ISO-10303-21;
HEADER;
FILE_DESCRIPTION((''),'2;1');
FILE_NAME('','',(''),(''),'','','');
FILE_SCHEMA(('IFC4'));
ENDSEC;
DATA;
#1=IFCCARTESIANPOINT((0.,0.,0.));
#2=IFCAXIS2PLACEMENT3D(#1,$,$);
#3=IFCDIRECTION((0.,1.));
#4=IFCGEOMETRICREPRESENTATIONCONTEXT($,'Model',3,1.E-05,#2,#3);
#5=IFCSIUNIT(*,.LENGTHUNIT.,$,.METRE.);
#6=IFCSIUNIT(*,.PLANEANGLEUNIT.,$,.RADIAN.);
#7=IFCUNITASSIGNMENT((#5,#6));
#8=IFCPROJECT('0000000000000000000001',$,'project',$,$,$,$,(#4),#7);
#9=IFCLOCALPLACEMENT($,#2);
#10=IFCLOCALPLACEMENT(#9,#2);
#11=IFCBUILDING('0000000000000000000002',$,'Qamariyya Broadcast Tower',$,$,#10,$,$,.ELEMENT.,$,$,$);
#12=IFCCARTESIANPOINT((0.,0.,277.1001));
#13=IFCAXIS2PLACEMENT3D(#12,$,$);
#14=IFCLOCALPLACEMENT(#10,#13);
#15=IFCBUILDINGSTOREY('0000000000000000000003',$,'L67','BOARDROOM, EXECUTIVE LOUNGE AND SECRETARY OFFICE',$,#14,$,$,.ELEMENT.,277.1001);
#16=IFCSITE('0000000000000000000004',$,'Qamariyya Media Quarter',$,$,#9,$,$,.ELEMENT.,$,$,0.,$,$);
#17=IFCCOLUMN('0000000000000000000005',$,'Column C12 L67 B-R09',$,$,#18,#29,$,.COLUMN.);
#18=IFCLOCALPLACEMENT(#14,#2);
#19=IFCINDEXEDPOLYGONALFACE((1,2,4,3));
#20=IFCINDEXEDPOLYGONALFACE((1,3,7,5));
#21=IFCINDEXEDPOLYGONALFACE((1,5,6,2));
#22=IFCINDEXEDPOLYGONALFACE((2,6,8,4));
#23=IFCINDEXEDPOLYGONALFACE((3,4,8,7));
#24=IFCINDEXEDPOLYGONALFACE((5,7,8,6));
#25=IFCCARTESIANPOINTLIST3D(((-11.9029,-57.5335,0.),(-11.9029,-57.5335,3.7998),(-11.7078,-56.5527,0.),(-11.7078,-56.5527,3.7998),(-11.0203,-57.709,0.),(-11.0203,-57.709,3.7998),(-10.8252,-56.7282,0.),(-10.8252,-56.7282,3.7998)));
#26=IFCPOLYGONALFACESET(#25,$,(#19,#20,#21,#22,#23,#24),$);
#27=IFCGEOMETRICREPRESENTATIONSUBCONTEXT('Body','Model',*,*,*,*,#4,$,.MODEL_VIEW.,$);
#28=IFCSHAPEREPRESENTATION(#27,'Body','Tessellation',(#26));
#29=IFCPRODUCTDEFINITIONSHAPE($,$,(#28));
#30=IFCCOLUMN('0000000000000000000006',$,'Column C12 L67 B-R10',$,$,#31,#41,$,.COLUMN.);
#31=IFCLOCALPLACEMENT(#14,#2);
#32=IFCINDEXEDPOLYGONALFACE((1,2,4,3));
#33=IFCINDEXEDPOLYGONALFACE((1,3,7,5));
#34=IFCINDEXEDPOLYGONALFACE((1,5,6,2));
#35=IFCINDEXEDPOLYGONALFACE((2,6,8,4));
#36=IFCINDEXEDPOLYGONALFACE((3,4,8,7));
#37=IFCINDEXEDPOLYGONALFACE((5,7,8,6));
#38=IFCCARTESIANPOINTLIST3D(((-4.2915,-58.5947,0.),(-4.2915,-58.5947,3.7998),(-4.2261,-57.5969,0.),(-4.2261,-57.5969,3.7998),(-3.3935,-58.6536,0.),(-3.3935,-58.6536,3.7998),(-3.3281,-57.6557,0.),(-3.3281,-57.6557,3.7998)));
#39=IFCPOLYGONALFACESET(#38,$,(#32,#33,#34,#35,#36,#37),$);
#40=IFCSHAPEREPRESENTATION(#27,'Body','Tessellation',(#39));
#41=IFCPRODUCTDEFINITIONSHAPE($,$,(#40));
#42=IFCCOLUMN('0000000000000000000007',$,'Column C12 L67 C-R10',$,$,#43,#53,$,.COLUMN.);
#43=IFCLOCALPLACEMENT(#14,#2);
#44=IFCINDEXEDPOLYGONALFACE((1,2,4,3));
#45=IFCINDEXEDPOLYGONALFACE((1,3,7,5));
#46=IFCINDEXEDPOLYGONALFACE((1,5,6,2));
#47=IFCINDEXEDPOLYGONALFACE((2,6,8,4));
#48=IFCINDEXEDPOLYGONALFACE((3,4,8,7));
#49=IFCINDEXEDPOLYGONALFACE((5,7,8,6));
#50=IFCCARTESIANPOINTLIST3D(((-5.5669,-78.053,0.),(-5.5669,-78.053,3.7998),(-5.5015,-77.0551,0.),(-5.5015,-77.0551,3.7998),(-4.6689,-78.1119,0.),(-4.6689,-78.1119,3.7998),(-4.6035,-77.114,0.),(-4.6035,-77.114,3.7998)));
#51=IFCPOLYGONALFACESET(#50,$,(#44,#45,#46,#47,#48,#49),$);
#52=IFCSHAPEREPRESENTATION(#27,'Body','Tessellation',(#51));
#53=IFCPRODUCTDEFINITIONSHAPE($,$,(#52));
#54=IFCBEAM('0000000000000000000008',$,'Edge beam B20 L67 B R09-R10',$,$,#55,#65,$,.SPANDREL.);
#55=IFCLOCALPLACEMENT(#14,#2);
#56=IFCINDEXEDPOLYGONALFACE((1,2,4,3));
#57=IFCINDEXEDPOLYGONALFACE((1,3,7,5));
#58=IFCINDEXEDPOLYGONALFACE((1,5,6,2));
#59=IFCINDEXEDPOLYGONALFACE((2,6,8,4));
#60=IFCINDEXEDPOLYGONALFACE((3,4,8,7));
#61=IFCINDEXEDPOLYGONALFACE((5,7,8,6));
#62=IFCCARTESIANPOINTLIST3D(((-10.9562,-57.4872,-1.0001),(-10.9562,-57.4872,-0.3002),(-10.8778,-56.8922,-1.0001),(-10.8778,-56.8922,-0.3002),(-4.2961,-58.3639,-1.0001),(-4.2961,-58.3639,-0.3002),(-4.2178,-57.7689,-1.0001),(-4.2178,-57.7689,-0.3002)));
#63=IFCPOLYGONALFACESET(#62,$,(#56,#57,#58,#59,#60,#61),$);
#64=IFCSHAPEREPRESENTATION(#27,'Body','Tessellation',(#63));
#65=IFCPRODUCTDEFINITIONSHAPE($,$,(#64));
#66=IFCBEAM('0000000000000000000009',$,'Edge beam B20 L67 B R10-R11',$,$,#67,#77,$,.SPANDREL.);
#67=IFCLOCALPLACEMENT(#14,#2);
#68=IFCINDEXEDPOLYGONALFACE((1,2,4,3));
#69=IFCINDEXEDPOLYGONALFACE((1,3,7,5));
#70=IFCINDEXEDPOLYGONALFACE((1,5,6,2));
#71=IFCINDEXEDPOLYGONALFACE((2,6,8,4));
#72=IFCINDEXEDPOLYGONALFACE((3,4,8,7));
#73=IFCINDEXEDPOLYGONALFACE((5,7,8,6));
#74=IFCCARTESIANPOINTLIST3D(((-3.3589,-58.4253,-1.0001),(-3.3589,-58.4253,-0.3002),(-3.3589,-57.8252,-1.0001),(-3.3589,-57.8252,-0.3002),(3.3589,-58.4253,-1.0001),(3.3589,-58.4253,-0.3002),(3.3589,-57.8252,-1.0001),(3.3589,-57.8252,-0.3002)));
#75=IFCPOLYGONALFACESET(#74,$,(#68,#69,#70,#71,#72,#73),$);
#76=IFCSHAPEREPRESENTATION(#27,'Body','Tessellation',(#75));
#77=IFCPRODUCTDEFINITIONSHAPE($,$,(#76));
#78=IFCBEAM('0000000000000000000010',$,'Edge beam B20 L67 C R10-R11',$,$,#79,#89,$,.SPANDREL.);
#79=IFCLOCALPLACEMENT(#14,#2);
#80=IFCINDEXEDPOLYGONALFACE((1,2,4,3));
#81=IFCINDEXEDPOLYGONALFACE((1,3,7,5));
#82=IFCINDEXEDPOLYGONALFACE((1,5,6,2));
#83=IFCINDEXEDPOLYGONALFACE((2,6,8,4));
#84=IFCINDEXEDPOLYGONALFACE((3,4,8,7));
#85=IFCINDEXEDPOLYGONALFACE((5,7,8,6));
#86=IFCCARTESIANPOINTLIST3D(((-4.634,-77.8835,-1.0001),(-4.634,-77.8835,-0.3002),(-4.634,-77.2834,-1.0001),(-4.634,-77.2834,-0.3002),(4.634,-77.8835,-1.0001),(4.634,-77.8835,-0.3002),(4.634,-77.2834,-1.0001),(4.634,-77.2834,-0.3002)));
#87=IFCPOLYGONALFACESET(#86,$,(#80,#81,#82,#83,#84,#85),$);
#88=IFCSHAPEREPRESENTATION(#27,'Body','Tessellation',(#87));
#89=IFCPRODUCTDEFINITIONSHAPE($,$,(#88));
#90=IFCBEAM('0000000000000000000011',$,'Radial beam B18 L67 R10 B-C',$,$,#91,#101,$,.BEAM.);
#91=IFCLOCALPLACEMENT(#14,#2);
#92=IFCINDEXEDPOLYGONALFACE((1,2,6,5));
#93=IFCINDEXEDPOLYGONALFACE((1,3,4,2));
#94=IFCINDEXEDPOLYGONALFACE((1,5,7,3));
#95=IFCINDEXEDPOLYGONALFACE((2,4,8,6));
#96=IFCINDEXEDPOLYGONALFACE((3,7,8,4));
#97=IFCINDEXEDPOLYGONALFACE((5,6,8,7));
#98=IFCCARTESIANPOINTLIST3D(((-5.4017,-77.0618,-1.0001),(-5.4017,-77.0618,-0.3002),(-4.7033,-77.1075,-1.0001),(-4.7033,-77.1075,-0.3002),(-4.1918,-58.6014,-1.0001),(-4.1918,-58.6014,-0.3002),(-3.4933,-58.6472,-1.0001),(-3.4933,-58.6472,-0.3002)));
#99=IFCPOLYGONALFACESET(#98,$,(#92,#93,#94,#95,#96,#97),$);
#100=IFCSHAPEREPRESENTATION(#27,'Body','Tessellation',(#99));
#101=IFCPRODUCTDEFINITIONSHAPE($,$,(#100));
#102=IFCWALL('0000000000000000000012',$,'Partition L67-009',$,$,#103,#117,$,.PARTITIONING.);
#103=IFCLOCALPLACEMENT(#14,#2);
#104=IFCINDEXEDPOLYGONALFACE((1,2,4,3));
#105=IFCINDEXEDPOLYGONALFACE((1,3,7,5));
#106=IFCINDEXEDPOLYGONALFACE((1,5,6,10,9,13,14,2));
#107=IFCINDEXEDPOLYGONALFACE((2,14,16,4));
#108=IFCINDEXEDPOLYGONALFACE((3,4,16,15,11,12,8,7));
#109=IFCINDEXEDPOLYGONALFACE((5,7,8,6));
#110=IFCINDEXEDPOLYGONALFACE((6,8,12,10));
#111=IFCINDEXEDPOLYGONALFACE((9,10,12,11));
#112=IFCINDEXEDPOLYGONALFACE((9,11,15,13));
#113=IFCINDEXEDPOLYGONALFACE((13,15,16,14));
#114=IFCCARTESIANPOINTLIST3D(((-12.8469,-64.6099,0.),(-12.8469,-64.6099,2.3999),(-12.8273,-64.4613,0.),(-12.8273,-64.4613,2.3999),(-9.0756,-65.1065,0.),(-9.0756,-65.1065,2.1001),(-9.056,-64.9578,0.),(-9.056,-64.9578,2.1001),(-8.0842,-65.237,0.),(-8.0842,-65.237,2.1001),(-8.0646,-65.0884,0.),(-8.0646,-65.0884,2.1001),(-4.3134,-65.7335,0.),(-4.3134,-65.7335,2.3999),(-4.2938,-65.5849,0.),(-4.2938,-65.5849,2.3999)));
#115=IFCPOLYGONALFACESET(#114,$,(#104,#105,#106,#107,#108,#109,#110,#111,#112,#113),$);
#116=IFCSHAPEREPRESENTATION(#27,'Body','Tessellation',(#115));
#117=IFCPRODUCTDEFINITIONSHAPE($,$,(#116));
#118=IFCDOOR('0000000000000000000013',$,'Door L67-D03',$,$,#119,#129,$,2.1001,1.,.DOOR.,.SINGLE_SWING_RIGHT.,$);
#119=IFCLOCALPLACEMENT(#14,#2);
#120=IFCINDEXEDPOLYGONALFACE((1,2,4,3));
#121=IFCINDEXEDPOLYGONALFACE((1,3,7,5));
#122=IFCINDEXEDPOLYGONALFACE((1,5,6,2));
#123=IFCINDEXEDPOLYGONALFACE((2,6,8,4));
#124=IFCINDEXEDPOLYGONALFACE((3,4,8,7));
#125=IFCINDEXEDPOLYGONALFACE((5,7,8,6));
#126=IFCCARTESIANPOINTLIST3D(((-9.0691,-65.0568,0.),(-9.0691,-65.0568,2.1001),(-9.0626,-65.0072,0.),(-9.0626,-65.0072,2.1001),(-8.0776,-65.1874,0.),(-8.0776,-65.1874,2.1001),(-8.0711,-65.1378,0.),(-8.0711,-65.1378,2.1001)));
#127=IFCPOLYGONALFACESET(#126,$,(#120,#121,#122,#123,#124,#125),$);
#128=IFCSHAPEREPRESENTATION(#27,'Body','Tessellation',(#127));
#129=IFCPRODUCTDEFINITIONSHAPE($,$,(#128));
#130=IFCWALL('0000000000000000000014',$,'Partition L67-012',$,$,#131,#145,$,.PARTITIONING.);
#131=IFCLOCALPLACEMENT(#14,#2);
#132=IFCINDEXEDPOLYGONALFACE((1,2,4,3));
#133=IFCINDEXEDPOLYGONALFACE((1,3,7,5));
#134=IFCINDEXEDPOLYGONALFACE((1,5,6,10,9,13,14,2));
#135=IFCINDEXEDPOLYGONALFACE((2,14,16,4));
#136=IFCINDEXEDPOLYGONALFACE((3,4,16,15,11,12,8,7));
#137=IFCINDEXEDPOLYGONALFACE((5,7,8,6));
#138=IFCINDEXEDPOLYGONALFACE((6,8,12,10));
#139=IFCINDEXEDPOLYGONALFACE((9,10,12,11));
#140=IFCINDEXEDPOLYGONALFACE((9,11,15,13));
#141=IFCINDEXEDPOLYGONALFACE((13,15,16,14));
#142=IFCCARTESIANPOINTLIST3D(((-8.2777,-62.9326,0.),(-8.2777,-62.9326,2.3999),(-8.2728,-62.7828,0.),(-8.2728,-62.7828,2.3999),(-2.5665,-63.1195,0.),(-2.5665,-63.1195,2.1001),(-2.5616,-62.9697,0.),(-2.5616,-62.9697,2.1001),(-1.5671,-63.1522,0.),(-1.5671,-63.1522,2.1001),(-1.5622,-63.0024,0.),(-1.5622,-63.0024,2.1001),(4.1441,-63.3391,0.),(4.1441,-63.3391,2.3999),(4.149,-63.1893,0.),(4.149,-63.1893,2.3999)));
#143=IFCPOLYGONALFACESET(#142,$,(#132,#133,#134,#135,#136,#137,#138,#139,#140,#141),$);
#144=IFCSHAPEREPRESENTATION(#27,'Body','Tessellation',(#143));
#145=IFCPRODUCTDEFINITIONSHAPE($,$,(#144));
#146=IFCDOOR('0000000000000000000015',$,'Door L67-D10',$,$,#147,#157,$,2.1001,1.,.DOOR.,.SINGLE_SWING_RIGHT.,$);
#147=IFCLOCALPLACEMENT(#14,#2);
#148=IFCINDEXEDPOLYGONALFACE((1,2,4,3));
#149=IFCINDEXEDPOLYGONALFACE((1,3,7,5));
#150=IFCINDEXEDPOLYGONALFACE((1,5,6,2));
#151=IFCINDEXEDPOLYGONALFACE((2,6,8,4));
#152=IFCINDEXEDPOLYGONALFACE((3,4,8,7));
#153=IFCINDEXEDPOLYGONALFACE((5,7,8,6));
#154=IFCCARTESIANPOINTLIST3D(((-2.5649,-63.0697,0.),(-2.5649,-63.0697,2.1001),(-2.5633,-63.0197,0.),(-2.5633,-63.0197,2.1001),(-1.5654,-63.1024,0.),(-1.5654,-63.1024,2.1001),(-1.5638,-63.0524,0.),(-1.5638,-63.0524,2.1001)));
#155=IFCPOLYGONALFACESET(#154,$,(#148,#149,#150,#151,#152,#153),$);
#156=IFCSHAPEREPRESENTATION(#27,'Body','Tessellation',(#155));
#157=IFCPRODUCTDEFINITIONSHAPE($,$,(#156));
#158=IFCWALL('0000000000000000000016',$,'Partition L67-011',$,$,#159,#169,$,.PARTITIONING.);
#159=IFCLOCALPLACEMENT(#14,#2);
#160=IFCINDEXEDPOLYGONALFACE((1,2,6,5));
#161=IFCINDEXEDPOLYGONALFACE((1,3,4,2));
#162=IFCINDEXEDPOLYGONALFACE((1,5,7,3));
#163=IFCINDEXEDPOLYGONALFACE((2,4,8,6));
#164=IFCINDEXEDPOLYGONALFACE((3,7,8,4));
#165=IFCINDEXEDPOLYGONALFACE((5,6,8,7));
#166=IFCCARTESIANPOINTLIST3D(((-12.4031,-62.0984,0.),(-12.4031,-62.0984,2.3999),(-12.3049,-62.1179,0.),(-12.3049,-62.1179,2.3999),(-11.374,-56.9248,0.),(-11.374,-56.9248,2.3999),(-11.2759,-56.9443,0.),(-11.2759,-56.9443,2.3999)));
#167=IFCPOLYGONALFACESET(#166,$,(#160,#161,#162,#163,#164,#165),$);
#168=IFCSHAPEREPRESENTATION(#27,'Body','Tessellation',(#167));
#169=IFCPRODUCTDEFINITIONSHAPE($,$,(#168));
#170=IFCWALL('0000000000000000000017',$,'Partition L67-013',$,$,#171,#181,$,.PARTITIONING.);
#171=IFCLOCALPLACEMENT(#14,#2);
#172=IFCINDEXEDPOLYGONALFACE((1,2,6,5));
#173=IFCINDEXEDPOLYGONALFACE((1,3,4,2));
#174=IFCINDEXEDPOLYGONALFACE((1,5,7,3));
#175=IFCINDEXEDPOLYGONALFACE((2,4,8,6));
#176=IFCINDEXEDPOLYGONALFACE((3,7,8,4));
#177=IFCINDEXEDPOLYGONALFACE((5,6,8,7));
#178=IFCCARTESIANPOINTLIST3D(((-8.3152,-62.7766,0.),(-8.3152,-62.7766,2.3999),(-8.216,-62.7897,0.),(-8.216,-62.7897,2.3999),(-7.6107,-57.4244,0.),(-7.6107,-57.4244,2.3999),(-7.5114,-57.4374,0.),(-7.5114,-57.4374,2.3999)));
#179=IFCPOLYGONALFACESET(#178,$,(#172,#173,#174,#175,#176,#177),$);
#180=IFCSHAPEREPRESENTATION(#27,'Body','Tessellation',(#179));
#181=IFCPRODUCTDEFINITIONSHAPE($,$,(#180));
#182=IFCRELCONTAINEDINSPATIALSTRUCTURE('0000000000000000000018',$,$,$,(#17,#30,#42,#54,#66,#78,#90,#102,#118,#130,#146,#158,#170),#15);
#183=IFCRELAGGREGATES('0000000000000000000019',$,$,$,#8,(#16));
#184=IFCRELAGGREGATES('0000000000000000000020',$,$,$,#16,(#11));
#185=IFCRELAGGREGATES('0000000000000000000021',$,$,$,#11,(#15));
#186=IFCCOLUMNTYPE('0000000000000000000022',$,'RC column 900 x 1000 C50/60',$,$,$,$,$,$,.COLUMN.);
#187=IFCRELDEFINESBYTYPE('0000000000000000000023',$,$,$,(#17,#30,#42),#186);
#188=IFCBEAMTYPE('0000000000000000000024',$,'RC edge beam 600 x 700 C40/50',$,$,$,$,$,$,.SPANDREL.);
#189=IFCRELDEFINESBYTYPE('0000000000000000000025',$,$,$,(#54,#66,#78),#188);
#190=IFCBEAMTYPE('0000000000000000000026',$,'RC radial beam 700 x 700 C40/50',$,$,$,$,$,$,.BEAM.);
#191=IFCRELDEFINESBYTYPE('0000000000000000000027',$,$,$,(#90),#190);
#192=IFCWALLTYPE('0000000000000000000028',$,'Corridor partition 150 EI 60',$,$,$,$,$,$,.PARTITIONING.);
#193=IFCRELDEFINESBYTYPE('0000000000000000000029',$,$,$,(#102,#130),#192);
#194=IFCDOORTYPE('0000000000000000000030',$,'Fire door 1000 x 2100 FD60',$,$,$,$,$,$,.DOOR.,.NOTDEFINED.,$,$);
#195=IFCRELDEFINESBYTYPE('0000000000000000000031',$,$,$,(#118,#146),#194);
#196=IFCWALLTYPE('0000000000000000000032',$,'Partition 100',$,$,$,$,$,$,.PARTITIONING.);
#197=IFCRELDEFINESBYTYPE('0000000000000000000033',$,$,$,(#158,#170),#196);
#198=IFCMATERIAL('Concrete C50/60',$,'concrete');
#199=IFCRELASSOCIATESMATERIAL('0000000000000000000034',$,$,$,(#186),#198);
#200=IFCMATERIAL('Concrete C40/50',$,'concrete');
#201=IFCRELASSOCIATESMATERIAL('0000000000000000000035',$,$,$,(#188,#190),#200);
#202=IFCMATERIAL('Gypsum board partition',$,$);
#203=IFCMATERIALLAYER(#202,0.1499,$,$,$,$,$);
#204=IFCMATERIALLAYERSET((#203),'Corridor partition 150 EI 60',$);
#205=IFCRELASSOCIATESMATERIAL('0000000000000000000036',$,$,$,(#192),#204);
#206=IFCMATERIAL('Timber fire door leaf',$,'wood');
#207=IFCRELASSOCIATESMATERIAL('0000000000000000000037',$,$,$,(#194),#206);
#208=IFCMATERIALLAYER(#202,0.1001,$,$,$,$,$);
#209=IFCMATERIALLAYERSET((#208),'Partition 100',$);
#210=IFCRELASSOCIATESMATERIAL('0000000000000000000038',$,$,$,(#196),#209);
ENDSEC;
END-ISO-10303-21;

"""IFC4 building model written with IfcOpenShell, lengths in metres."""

from ifc_helpers import new_model, si_unit, direction, frame, frame_2d, origin, origin_2d, place, context, subcontext, project, spatial, rectangle, extrude, material, layer, layer_set, material_profile, profile_set, type_object, element, fill, save


model = new_model("IFC4")

# Units and contexts
model_context = context("Model", 3, precision=1e-05, world=origin(), true_north=direction((0.0, 1.0)))
body_context = subcontext(model_context, "Body", "Model", "MODEL_VIEW")
ifc_project = project(units=[si_unit("LENGTHUNIT", "METRE"), si_unit("PLANEANGLEUNIT", "RADIAN")], contexts=[model_context])

# Site, building, storey
site_placement = place(None, origin())
site = spatial("IfcSite", under=ifc_project, at=site_placement, Name="Qamariyya Media Quarter", CompositionType="ELEMENT", RefElevation=0.0)
building_placement = place(site_placement, origin())
building = spatial("IfcBuilding", under=site, at=building_placement, Name="Qamariyya Broadcast Tower", CompositionType="ELEMENT")
storey_placement = place(building_placement, frame((0.0, 0.0, 277.1001)))
storey = spatial("IfcBuildingStorey", under=building, at=storey_placement, Name="L67", Description="BOARDROOM, EXECUTIVE LOUNGE AND SECRETARY OFFICE", CompositionType="ELEMENT", Elevation=277.1001)

# Columns
ifc_material_1 = material(Name="Concrete C50/60", Category="concrete")
ifc_material_profile_1 = material_profile(ifc_material_1, rectangle(XDim=0.8999, YDim=1.0, at=origin_2d()))
ifc_profile_set_1 = profile_set([ifc_material_profile_1], Name="Concrete C50/60")
column_type = type_object("IfcColumnType", Name="RC column 900 x 1000 C50/60", PredefinedType="COLUMN", material=ifc_profile_set_1)
for number, where, z_axis, x_axis, name in (
    (1, (-11.364, -57.1309, 0.0), (0.0, 0.0, 1.0), (0.980785, -0.19509, 0.0), "Column C12 L67 B-R09"),
    (2, (-3.8098, -58.1252, 0.0), (0.0, 0.0, 1.0), (0.997859, -0.065403, 0.0), "Column C12 L67 B-R10"),
    (3, (-5.0852, -77.5835, 0.0), (0.0, 0.0, 1.0), (0.997859, -0.065403, 0.0), "Column C12 L67 C-R10"),
):
    element("IfcColumn", number, at=place(storey_placement, frame(where, z_axis=z_axis, x_axis=x_axis)), inside=storey, type_object=column_type, Name=name, PredefinedType="COLUMN", context=body_context, shape_type="SweptSolid", body=[
        extrude(rectangle(XDim=0.8999, YDim=1.0, at=origin_2d()), origin(), (0.0, 0.0, 1.0), 3.7998),
    ])

# Beams
ifc_material_2 = material(Name="Concrete C40/50", Category="concrete")
ifc_material_profile_2 = material_profile(ifc_material_2, rectangle(XDim=0.6001, YDim=0.7, at=origin_2d()))
ifc_profile_set_2 = profile_set([ifc_material_profile_2], Name="Concrete C40/50")
beam_type_1 = type_object("IfcBeamType", Name="RC edge beam 600 x 700 C40/50", PredefinedType="SPANDREL", material=ifc_profile_set_2)
beam_1_placement = place(storey_placement, frame((-10.917, -57.1897, -0.6501), z_axis=(0.991447, -0.130509, 0.0), x_axis=(0.130509, 0.991447, 0.0)))
element("IfcBeam", 4, at=beam_1_placement, inside=storey, type_object=beam_type_1, Name="Edge beam B20 L67 B R09-R10", PredefinedType="SPANDREL", context=body_context, shape_type="SweptSolid", body=[
    extrude(rectangle(XDim=0.6001, YDim=0.7, at=origin_2d()), origin(), (0.0, 0.0, 1.0), 6.7175),
])
beam_2_placement = place(storey_placement, frame((-3.3589, -58.1252, -0.6501), z_axis=(1.0, 0.0, 0.0), x_axis=(0.0, 1.0, 0.0)))
element("IfcBeam", 5, at=beam_2_placement, inside=storey, type_object=beam_type_1, Name="Edge beam B20 L67 B R10-R11", PredefinedType="SPANDREL", context=body_context, shape_type="SweptSolid", body=[
    extrude(rectangle(XDim=0.6001, YDim=0.7, at=origin_2d()), origin(), (0.0, 0.0, 1.0), 6.7178),
])
beam_3_placement = place(storey_placement, frame((-4.634, -77.5835, -0.6501), z_axis=(1.0, 0.0, 0.0), x_axis=(0.0, 1.0, 0.0)))
element("IfcBeam", 6, at=beam_3_placement, inside=storey, type_object=beam_type_1, Name="Edge beam B20 L67 C R10-R11", PredefinedType="SPANDREL", context=body_context, shape_type="SweptSolid", body=[
    extrude(rectangle(XDim=0.6001, YDim=0.7, at=origin_2d()), origin(), (0.0, 0.0, 1.0), 9.2681),
])
ifc_material_profile_3 = material_profile(ifc_material_2, rectangle(XDim=0.7, YDim=0.7, at=origin_2d()))
ifc_profile_set_3 = profile_set([ifc_material_profile_3], Name="Concrete C40/50")
beam_type_2 = type_object("IfcBeamType", Name="RC radial beam 700 x 700 C40/50", PredefinedType="BEAM", material=ifc_profile_set_3)
beam_4_placement = place(storey_placement, frame((-3.8425, -58.6243, -0.6501), z_axis=(-0.065403, -0.997859, 0.0), x_axis=(0.997859, -0.065403, 0.0)))
element("IfcBeam", 7, at=beam_4_placement, inside=storey, type_object=beam_type_2, Name="Radial beam B18 L67 R10 B-C", PredefinedType="BEAM", context=body_context, shape_type="SweptSolid", body=[
    extrude(rectangle(XDim=0.7, YDim=0.7, at=origin_2d()), origin(), (0.0, 0.0, 1.0), 18.5),
])

# Walls, openings, doors
ifc_material_3 = material(Name="Gypsum board partition")
ifc_layer_1 = layer(ifc_material_3, 0.1499)
ifc_layer_set_1 = layer_set([ifc_layer_1], Name="Corridor partition 150 EI 60")
wall_type_1 = type_object("IfcWallType", Name="Corridor partition 150 EI 60", PredefinedType="PARTITIONING", material=ifc_layer_set_1)
wall_1_placement = place(storey_placement, frame((-4.3035, -65.6592, 0.0), z_axis=(0.0, 0.0, 1.0), x_axis=(-0.991444, 0.130536, 0.0)))
wall_1 = element("IfcWall", 8, at=wall_1_placement, inside=storey, type_object=wall_type_1, Name="Partition L67-009", PredefinedType="PARTITIONING", context=body_context, shape_type="SweptSolid", body=[
    extrude(rectangle(XDim=8.6072, YDim=0.1499, at=frame_2d((4.3037, 0.0))), origin(), (0.0, 0.0, 1.0), 2.3999),
])
opening_1_placement = place(wall_1_placement, frame((3.8035, 0.0, 0.0)))
opening_1 = element("IfcOpeningElement", 9, at=opening_1_placement, cuts=wall_1, PredefinedType="OPENING", context=body_context, shape_type="SweptSolid", body=[
    extrude(rectangle(XDim=1.0, YDim=2.1001, at=frame_2d((0.5, 1.05))), frame((0.0, 0.085, 0.0), z_axis=(0.0, -1.0, 0.0), x_axis=(1.0, 0.0, 0.0)), (0.0, 0.0, 1.0), 0.1699),
])
ifc_material_4 = material(Name="Timber fire door leaf", Category="wood")
door_type = type_object("IfcDoorType", Name="Fire door 1000 x 2100 FD60", OperationType="NOTDEFINED", PredefinedType="DOOR", material=ifc_material_4)
door_1_placement = place(opening_1_placement, origin())
door_1 = element("IfcDoor", 10, at=door_1_placement, inside=storey, type_object=door_type, Name="Door L67-D03", OperationType="SINGLE_SWING_RIGHT", OverallHeight=2.1001, OverallWidth=1.0, PredefinedType="DOOR", context=body_context, shape_type="SweptSolid", body=[
    extrude(rectangle(XDim=1.0, YDim=2.1001, at=frame_2d((0.5, 1.05))), frame((0.0, 0.0249, 0.0), z_axis=(0.0, -1.0, 0.0), x_axis=(1.0, 0.0, 0.0)), (0.0, 0.0, 1.0), 0.05),
])
fill(opening_1, door_1)
wall_2_placement = place(storey_placement, frame((-8.2754, -62.8577, 0.0), z_axis=(0.0, 0.0, 1.0), x_axis=(0.999465, -0.032707, 0.0)))
wall_2 = element("IfcWall", 11, at=wall_2_placement, inside=storey, type_object=wall_type_1, Name="Partition L67-012", PredefinedType="PARTITIONING", context=body_context, shape_type="SweptSolid", body=[
    extrude(rectangle(XDim=12.4285, YDim=0.1499, at=frame_2d((6.2144, 0.0))), origin(), (0.0, 0.0, 1.0), 2.3999),
])
opening_2_placement = place(wall_2_placement, frame((5.7144, 0.0, 0.0)))
opening_2 = element("IfcOpeningElement", 12, at=opening_2_placement, cuts=wall_2, PredefinedType="OPENING", context=body_context, shape_type="SweptSolid", body=[
    extrude(rectangle(XDim=1.0, YDim=2.1001, at=frame_2d((0.5, 1.05))), frame((0.0, 0.085, 0.0), z_axis=(0.0, -1.0, 0.0), x_axis=(1.0, 0.0, 0.0)), (0.0, 0.0, 1.0), 0.1699),
])
door_2_placement = place(opening_2_placement, origin())
door_2 = element("IfcDoor", 13, at=door_2_placement, inside=storey, type_object=door_type, Name="Door L67-D10", OperationType="SINGLE_SWING_RIGHT", OverallHeight=2.1001, OverallWidth=1.0, PredefinedType="DOOR", context=body_context, shape_type="SweptSolid", body=[
    extrude(rectangle(XDim=1.0, YDim=2.1001, at=frame_2d((0.5, 1.05))), frame((0.0, 0.0249, 0.0), z_axis=(0.0, -1.0, 0.0), x_axis=(1.0, 0.0, 0.0)), (0.0, 0.0, 1.0), 0.05),
])
fill(opening_2, door_2)

# Walls
ifc_layer_2 = layer(ifc_material_3, 0.1001)
ifc_layer_set_2 = layer_set([ifc_layer_2], Name="Partition 100")
wall_type_2 = type_object("IfcWallType", Name="Partition 100", PredefinedType="PARTITIONING", material=ifc_layer_set_2)
wall_3_placement = place(storey_placement, frame((-11.325, -56.9346, 0.0), z_axis=(0.0, 0.0, 1.0), x_axis=(-0.195084, -0.980787, 0.0)))
element("IfcWall", 14, at=wall_3_placement, inside=storey, type_object=wall_type_2, Name="Partition L67-011", PredefinedType="PARTITIONING", context=body_context, shape_type="SweptSolid", body=[
    extrude(rectangle(XDim=5.2749, YDim=0.1001, at=frame_2d((2.6375, 0.0))), origin(), (0.0, 0.0, 1.0), 2.3999),
])
wall_4_placement = place(storey_placement, frame((-7.561, -57.4309, 0.0), z_axis=(0.0, 0.0, 1.0), x_axis=(-0.130517, -0.991446, 0.0)))
element("IfcWall", 15, at=wall_4_placement, inside=storey, type_object=wall_type_2, Name="Partition L67-013", PredefinedType="PARTITIONING", context=body_context, shape_type="SweptSolid", body=[
    extrude(rectangle(XDim=5.3984, YDim=0.1001, at=frame_2d((2.6992, 0.0))), origin(), (0.0, 0.0, 1.0), 2.3999),
])

save(model, "model.ifc")
